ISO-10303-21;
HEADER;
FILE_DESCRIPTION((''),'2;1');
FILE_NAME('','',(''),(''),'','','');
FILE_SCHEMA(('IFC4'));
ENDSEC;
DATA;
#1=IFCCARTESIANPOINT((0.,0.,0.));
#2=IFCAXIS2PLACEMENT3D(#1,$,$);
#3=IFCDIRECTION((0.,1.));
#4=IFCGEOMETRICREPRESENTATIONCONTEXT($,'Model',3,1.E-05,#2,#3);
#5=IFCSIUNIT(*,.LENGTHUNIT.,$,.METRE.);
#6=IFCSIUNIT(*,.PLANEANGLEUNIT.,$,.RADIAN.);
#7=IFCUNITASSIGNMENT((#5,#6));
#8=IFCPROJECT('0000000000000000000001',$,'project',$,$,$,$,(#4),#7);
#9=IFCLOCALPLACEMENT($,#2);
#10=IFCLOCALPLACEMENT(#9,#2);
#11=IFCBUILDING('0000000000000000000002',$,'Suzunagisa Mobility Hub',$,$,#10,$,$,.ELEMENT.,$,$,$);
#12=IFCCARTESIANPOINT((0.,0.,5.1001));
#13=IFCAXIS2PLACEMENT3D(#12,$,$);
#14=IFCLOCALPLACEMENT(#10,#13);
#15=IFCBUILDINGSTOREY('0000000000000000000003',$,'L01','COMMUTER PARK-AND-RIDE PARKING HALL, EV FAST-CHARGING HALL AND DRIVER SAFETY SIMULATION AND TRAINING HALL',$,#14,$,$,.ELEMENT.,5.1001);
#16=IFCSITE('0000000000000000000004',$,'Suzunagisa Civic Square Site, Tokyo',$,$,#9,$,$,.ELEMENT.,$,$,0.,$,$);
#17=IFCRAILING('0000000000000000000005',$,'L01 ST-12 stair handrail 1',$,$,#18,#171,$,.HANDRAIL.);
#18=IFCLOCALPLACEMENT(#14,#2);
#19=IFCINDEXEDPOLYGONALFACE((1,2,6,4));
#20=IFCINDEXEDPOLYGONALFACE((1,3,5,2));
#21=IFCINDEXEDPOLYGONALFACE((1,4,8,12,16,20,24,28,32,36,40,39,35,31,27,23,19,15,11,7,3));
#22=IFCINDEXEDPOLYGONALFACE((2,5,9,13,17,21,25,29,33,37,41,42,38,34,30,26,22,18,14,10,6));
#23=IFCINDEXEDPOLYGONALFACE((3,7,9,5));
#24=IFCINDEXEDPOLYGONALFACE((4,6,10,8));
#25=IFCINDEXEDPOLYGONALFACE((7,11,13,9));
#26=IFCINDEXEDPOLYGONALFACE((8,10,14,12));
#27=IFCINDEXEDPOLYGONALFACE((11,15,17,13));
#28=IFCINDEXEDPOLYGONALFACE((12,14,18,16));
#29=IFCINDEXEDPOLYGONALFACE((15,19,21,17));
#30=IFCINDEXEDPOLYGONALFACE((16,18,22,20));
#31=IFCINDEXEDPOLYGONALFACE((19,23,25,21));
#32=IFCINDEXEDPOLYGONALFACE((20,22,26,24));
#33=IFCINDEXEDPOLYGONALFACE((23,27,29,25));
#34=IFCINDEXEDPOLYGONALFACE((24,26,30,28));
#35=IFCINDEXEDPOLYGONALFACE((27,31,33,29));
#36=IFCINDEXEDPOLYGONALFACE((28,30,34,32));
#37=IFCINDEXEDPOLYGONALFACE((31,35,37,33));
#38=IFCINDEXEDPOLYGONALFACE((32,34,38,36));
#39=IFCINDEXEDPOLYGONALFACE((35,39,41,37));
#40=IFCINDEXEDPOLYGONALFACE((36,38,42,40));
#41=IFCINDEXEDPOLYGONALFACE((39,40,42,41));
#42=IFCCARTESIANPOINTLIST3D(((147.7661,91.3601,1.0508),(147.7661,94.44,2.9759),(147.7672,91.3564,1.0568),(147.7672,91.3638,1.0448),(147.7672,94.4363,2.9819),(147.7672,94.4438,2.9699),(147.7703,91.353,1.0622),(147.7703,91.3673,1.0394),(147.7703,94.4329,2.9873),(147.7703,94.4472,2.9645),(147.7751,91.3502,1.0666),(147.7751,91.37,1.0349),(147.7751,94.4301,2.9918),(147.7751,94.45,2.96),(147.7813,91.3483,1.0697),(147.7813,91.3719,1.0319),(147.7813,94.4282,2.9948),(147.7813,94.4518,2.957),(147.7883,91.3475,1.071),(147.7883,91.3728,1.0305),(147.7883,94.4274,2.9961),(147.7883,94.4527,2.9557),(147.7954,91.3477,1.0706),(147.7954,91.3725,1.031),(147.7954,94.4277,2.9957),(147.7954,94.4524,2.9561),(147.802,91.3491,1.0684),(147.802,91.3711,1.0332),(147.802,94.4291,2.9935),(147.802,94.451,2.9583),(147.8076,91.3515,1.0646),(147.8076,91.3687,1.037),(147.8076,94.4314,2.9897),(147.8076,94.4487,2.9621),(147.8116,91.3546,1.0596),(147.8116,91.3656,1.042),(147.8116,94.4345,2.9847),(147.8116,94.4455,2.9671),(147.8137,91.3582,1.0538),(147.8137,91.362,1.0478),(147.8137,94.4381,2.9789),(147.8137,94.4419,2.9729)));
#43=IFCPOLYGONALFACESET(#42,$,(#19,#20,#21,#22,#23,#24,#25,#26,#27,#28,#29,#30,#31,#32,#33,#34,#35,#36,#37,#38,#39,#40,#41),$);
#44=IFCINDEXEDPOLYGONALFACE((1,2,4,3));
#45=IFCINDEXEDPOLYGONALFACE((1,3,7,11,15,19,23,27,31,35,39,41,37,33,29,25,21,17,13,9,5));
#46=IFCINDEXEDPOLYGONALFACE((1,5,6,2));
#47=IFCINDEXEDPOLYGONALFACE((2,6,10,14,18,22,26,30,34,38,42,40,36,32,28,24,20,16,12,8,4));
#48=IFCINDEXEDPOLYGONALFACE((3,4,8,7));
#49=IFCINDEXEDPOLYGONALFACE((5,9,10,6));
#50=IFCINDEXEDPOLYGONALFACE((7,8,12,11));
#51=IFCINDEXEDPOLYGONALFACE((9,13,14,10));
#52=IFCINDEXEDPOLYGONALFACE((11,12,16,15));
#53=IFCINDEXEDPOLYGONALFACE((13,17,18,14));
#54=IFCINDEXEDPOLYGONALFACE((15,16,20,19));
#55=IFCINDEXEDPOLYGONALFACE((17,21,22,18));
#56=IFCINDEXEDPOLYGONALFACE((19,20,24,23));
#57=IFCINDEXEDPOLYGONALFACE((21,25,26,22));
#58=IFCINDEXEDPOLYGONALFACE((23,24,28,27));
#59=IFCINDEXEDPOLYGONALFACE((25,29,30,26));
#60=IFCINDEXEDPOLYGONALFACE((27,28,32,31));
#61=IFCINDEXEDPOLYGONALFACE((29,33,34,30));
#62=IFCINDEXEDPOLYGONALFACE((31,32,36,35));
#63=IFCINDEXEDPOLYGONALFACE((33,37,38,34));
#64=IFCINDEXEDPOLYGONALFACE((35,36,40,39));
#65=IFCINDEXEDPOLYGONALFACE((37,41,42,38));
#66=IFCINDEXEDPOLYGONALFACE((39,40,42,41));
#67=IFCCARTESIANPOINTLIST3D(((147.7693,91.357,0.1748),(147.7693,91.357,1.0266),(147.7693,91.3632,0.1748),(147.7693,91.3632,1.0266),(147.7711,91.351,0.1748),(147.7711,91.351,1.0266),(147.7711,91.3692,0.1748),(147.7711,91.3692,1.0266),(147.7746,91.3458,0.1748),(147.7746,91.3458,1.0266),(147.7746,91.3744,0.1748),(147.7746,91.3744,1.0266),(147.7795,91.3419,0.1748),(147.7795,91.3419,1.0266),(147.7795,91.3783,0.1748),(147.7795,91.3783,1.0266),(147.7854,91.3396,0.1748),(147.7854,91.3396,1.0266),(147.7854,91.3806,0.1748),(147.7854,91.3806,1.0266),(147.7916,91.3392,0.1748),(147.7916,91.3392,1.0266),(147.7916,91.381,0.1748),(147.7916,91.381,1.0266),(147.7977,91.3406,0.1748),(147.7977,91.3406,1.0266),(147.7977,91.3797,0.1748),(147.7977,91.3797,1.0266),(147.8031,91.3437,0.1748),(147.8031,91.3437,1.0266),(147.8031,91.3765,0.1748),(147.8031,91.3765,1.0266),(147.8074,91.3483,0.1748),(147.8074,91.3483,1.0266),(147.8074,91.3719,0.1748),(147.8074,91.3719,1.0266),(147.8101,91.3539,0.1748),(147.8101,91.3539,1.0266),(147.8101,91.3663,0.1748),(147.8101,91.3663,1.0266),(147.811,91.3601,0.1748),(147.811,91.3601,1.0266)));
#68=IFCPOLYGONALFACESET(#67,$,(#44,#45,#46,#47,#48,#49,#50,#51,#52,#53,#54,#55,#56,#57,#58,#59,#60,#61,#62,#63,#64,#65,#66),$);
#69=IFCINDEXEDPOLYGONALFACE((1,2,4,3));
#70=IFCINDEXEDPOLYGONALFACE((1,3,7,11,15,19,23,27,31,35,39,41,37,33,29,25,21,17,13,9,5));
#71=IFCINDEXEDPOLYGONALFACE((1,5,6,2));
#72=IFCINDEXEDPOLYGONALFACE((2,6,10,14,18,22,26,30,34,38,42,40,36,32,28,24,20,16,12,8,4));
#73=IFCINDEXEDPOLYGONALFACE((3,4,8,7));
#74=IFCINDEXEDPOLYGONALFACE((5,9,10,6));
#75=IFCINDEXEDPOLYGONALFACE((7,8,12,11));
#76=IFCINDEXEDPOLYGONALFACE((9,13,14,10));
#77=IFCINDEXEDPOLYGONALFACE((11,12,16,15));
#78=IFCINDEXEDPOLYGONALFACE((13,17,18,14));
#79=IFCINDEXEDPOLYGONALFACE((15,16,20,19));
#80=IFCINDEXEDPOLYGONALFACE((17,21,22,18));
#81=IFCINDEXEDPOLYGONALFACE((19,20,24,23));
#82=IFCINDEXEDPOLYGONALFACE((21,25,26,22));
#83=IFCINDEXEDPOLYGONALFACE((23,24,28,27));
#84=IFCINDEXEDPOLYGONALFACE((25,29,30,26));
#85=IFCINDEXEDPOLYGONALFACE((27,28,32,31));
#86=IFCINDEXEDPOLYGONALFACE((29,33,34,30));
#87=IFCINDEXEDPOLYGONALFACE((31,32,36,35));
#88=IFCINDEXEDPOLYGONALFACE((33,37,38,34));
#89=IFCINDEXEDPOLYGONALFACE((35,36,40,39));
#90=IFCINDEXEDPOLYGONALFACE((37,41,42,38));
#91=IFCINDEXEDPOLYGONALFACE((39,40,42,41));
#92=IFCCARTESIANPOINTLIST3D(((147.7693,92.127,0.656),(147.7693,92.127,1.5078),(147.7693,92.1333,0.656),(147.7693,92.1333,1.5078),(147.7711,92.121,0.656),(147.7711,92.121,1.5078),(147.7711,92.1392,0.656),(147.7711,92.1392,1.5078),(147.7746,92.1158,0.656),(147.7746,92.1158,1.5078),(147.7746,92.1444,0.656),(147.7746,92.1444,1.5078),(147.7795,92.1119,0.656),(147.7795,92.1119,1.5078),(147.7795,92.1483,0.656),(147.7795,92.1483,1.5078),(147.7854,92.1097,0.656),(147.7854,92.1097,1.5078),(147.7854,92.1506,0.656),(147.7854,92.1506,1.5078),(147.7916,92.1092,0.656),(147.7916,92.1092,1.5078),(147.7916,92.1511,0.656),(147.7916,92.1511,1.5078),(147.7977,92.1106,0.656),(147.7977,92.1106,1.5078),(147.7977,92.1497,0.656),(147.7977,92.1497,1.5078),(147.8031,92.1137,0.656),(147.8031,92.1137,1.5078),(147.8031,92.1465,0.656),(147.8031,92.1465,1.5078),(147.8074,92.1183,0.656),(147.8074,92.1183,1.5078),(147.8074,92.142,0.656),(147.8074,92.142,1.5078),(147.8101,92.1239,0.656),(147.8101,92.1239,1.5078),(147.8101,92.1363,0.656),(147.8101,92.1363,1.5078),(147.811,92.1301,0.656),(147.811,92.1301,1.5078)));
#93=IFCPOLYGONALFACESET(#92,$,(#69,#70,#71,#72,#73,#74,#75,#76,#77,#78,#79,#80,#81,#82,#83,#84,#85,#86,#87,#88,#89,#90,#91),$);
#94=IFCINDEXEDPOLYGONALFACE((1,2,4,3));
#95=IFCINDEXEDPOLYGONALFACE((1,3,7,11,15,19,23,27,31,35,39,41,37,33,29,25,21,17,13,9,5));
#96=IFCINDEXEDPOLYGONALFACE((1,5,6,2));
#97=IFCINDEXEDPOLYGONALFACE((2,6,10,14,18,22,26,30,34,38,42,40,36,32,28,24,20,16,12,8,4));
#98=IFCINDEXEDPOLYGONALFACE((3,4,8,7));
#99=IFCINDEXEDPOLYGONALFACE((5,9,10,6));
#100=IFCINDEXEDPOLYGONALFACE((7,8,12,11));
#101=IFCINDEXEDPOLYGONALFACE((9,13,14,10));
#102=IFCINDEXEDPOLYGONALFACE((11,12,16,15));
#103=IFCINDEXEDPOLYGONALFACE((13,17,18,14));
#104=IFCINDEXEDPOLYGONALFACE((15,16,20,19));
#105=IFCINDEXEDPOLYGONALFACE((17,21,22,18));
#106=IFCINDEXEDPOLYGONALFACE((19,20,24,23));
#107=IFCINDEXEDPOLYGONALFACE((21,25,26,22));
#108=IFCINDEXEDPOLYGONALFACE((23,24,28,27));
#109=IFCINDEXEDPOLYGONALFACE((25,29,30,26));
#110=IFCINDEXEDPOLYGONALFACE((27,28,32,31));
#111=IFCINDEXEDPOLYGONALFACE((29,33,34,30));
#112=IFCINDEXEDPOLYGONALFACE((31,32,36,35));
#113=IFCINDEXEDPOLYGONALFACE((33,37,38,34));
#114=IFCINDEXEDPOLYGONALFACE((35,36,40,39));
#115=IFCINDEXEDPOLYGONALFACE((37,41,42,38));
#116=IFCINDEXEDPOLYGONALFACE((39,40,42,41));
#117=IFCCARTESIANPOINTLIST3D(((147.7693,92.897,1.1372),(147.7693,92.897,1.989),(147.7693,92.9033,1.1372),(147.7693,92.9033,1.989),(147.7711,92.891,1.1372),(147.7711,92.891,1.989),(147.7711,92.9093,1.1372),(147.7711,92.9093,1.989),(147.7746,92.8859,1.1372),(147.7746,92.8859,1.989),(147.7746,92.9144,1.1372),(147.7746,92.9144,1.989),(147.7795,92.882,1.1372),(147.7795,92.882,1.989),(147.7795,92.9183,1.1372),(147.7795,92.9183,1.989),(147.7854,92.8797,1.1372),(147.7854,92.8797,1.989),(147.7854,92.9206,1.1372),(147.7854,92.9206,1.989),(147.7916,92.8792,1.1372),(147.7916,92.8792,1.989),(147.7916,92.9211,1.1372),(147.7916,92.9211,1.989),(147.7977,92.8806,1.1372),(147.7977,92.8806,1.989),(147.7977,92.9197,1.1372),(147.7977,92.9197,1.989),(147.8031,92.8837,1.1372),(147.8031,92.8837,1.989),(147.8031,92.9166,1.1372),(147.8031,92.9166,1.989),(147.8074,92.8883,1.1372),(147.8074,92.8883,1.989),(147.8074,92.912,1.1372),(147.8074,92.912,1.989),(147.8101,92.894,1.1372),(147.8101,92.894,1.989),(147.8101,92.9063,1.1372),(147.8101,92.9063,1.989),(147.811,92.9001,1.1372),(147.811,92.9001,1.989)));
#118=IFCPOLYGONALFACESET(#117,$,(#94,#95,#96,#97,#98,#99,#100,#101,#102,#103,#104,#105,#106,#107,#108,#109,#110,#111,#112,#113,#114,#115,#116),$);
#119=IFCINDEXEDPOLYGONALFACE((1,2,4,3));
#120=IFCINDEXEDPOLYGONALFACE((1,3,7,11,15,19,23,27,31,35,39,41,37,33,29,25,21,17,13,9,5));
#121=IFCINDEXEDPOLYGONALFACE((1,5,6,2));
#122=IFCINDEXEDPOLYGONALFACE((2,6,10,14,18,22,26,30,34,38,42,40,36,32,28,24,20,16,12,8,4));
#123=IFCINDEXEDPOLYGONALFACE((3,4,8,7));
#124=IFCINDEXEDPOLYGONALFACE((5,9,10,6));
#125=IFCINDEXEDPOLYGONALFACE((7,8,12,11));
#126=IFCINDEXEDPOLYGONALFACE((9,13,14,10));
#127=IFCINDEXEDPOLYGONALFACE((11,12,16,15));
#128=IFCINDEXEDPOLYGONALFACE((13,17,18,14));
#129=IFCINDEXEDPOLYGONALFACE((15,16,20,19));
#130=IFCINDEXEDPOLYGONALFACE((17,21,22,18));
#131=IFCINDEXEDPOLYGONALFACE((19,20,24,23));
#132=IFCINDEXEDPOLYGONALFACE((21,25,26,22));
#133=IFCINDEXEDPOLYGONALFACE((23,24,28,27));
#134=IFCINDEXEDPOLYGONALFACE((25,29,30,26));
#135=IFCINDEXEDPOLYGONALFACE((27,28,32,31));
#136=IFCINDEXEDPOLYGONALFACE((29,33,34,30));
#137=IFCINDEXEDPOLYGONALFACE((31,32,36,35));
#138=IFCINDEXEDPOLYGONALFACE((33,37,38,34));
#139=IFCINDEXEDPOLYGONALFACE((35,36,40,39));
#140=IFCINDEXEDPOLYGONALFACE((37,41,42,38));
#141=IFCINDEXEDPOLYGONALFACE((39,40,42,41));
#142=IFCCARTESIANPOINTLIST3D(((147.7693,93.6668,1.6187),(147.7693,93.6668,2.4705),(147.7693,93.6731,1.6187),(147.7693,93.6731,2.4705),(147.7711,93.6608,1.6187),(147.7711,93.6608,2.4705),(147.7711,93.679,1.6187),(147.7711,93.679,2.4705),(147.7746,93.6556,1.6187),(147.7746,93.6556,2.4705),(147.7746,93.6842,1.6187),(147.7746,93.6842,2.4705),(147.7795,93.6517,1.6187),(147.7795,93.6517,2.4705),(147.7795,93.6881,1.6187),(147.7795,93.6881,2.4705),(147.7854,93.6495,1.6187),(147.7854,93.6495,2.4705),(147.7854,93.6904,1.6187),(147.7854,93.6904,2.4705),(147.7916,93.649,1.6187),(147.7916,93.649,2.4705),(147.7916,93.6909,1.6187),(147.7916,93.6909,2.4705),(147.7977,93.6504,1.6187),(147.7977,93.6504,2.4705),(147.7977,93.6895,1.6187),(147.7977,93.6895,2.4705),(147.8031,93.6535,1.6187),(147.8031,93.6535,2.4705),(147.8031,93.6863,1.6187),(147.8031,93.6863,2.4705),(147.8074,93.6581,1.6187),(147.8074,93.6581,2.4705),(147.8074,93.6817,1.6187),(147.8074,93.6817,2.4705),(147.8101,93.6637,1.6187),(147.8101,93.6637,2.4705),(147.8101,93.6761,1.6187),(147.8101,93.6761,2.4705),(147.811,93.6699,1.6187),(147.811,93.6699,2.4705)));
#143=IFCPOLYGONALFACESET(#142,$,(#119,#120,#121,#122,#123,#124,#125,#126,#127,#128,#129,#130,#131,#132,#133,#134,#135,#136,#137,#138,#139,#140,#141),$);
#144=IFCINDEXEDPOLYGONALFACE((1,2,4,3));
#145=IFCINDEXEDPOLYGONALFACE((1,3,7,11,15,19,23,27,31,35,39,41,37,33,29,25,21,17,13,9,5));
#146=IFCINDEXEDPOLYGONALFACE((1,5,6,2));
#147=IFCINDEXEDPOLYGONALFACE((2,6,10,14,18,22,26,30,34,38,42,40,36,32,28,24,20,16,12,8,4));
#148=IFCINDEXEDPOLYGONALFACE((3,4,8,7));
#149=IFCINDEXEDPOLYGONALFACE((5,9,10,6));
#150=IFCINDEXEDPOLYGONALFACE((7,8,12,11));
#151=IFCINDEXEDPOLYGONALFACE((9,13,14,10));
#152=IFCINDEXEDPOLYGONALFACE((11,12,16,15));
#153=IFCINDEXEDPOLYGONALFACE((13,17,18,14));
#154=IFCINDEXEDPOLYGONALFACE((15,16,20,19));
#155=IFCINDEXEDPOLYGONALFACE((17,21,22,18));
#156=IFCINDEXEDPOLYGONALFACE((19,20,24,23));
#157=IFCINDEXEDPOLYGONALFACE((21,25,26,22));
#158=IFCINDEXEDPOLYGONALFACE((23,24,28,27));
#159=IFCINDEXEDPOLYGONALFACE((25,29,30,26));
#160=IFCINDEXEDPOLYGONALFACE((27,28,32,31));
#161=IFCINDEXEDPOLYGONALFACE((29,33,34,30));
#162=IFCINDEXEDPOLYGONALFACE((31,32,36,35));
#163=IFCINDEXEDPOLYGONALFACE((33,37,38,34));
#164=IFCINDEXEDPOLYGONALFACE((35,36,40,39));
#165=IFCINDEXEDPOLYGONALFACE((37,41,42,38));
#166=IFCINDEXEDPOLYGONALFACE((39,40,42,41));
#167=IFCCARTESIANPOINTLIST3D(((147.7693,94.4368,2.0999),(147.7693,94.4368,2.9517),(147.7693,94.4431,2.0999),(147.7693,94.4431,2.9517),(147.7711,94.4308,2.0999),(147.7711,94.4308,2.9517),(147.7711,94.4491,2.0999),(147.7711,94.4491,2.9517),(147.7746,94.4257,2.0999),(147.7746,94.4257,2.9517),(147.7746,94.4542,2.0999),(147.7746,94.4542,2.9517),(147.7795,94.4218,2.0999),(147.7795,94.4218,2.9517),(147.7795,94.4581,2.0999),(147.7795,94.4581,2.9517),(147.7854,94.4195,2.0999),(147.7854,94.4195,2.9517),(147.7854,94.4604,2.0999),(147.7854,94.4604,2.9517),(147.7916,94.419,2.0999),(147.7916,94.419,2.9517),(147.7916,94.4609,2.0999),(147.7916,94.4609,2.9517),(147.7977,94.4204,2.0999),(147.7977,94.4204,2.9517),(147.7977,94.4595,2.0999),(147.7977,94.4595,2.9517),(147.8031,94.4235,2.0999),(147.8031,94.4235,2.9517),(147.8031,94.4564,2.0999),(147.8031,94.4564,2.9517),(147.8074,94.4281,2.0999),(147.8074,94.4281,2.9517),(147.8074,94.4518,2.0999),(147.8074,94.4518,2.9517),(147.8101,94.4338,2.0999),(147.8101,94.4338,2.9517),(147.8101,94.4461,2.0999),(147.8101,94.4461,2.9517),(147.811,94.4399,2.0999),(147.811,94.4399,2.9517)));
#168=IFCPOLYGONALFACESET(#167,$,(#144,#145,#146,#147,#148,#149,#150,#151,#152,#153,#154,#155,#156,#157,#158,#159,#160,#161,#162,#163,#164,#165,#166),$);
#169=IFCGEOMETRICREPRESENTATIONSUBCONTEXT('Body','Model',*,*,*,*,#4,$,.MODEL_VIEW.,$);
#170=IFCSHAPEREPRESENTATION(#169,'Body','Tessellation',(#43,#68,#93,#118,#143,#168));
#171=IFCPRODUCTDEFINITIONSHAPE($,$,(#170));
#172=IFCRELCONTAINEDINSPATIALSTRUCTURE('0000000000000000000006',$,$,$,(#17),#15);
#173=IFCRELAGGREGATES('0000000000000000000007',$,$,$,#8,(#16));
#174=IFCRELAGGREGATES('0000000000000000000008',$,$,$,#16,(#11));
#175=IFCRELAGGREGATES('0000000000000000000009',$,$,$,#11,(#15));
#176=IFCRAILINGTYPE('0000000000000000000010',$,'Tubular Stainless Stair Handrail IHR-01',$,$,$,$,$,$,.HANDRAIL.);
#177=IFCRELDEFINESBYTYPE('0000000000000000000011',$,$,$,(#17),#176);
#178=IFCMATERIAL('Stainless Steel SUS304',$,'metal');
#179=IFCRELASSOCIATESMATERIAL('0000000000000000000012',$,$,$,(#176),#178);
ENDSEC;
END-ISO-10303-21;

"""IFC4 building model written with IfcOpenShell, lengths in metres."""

from ifc_helpers import new_model, si_unit, direction, frame, origin, origin_2d, place, context, subcontext, project, spatial, circle, extrude, material, type_object, element, save


model = new_model("IFC4")

# Units and contexts
model_context = context("Model", 3, precision=1e-05, world=origin(), true_north=direction((0.0, 1.0)))
body_context = subcontext(model_context, "Body", "Model", "MODEL_VIEW")
ifc_project = project(units=[si_unit("LENGTHUNIT", "METRE"), si_unit("PLANEANGLEUNIT", "RADIAN")], contexts=[model_context])

# Site, building, storey
site_placement = place(None, origin())
site = spatial("IfcSite", under=ifc_project, at=site_placement, Name="Suzunagisa Civic Square Site, Tokyo", CompositionType="ELEMENT", RefElevation=0.0)
building_placement = place(site_placement, origin())
building = spatial("IfcBuilding", under=site, at=building_placement, Name="Suzunagisa Mobility Hub", CompositionType="ELEMENT")
storey_placement = place(building_placement, frame((0.0, 0.0, 5.1001)))
storey = spatial("IfcBuildingStorey", under=building, at=storey_placement, Name="L01", Description="COMMUTER PARK-AND-RIDE PARKING HALL, EV FAST-CHARGING HALL AND DRIVER SAFETY SIMULATION AND TRAINING HALL", CompositionType="ELEMENT", Elevation=5.1001)

# Railing
ifc_material_1 = material(Name="Stainless Steel SUS304", Category="metal")
railing_type_1 = type_object("IfcRailingType", Name="Tubular Stainless Stair Handrail IHR-01", PredefinedType="HANDRAIL", material=ifc_material_1)
railing_1_placement = place(storey_placement, frame((147.79, 91.3601, 0.1748)))
element("IfcRailing", 1, at=railing_1_placement, inside=storey, type_object=railing_type_1, Name="L01 ST-12 stair handrail 1", PredefinedType="HANDRAIL", context=body_context, shape_type="SweptSolid", body=[
    extrude(circle(Radius=0.0239, at=origin_2d()), frame((0.0, 0.0, 0.876), z_axis=(0.0, 0.847979, 0.530029), x_axis=(-1.0, 0.0, 0.0)), (0.0, 0.0, 1.0), 3.6321),
    extrude(circle(Radius=0.021, at=origin_2d()), origin(), (0.0, 0.0, 1.0), 0.8518),
    extrude(circle(Radius=0.021, at=origin_2d()), frame((0.0, 0.77, 0.4812)), (0.0, 0.0, 1.0), 0.8518),
    extrude(circle(Radius=0.021, at=origin_2d()), frame((0.0, 1.54, 0.9624)), (0.0, 0.0, 1.0), 0.8518),
    extrude(circle(Radius=0.021, at=origin_2d()), frame((0.0, 2.3098, 1.4438)), (0.0, 0.0, 1.0), 0.8518),
    extrude(circle(Radius=0.021, at=origin_2d()), frame((0.0, 3.0798, 1.925)), (0.0, 0.0, 1.0), 0.8518),
])

save(model, "model.ifc")
